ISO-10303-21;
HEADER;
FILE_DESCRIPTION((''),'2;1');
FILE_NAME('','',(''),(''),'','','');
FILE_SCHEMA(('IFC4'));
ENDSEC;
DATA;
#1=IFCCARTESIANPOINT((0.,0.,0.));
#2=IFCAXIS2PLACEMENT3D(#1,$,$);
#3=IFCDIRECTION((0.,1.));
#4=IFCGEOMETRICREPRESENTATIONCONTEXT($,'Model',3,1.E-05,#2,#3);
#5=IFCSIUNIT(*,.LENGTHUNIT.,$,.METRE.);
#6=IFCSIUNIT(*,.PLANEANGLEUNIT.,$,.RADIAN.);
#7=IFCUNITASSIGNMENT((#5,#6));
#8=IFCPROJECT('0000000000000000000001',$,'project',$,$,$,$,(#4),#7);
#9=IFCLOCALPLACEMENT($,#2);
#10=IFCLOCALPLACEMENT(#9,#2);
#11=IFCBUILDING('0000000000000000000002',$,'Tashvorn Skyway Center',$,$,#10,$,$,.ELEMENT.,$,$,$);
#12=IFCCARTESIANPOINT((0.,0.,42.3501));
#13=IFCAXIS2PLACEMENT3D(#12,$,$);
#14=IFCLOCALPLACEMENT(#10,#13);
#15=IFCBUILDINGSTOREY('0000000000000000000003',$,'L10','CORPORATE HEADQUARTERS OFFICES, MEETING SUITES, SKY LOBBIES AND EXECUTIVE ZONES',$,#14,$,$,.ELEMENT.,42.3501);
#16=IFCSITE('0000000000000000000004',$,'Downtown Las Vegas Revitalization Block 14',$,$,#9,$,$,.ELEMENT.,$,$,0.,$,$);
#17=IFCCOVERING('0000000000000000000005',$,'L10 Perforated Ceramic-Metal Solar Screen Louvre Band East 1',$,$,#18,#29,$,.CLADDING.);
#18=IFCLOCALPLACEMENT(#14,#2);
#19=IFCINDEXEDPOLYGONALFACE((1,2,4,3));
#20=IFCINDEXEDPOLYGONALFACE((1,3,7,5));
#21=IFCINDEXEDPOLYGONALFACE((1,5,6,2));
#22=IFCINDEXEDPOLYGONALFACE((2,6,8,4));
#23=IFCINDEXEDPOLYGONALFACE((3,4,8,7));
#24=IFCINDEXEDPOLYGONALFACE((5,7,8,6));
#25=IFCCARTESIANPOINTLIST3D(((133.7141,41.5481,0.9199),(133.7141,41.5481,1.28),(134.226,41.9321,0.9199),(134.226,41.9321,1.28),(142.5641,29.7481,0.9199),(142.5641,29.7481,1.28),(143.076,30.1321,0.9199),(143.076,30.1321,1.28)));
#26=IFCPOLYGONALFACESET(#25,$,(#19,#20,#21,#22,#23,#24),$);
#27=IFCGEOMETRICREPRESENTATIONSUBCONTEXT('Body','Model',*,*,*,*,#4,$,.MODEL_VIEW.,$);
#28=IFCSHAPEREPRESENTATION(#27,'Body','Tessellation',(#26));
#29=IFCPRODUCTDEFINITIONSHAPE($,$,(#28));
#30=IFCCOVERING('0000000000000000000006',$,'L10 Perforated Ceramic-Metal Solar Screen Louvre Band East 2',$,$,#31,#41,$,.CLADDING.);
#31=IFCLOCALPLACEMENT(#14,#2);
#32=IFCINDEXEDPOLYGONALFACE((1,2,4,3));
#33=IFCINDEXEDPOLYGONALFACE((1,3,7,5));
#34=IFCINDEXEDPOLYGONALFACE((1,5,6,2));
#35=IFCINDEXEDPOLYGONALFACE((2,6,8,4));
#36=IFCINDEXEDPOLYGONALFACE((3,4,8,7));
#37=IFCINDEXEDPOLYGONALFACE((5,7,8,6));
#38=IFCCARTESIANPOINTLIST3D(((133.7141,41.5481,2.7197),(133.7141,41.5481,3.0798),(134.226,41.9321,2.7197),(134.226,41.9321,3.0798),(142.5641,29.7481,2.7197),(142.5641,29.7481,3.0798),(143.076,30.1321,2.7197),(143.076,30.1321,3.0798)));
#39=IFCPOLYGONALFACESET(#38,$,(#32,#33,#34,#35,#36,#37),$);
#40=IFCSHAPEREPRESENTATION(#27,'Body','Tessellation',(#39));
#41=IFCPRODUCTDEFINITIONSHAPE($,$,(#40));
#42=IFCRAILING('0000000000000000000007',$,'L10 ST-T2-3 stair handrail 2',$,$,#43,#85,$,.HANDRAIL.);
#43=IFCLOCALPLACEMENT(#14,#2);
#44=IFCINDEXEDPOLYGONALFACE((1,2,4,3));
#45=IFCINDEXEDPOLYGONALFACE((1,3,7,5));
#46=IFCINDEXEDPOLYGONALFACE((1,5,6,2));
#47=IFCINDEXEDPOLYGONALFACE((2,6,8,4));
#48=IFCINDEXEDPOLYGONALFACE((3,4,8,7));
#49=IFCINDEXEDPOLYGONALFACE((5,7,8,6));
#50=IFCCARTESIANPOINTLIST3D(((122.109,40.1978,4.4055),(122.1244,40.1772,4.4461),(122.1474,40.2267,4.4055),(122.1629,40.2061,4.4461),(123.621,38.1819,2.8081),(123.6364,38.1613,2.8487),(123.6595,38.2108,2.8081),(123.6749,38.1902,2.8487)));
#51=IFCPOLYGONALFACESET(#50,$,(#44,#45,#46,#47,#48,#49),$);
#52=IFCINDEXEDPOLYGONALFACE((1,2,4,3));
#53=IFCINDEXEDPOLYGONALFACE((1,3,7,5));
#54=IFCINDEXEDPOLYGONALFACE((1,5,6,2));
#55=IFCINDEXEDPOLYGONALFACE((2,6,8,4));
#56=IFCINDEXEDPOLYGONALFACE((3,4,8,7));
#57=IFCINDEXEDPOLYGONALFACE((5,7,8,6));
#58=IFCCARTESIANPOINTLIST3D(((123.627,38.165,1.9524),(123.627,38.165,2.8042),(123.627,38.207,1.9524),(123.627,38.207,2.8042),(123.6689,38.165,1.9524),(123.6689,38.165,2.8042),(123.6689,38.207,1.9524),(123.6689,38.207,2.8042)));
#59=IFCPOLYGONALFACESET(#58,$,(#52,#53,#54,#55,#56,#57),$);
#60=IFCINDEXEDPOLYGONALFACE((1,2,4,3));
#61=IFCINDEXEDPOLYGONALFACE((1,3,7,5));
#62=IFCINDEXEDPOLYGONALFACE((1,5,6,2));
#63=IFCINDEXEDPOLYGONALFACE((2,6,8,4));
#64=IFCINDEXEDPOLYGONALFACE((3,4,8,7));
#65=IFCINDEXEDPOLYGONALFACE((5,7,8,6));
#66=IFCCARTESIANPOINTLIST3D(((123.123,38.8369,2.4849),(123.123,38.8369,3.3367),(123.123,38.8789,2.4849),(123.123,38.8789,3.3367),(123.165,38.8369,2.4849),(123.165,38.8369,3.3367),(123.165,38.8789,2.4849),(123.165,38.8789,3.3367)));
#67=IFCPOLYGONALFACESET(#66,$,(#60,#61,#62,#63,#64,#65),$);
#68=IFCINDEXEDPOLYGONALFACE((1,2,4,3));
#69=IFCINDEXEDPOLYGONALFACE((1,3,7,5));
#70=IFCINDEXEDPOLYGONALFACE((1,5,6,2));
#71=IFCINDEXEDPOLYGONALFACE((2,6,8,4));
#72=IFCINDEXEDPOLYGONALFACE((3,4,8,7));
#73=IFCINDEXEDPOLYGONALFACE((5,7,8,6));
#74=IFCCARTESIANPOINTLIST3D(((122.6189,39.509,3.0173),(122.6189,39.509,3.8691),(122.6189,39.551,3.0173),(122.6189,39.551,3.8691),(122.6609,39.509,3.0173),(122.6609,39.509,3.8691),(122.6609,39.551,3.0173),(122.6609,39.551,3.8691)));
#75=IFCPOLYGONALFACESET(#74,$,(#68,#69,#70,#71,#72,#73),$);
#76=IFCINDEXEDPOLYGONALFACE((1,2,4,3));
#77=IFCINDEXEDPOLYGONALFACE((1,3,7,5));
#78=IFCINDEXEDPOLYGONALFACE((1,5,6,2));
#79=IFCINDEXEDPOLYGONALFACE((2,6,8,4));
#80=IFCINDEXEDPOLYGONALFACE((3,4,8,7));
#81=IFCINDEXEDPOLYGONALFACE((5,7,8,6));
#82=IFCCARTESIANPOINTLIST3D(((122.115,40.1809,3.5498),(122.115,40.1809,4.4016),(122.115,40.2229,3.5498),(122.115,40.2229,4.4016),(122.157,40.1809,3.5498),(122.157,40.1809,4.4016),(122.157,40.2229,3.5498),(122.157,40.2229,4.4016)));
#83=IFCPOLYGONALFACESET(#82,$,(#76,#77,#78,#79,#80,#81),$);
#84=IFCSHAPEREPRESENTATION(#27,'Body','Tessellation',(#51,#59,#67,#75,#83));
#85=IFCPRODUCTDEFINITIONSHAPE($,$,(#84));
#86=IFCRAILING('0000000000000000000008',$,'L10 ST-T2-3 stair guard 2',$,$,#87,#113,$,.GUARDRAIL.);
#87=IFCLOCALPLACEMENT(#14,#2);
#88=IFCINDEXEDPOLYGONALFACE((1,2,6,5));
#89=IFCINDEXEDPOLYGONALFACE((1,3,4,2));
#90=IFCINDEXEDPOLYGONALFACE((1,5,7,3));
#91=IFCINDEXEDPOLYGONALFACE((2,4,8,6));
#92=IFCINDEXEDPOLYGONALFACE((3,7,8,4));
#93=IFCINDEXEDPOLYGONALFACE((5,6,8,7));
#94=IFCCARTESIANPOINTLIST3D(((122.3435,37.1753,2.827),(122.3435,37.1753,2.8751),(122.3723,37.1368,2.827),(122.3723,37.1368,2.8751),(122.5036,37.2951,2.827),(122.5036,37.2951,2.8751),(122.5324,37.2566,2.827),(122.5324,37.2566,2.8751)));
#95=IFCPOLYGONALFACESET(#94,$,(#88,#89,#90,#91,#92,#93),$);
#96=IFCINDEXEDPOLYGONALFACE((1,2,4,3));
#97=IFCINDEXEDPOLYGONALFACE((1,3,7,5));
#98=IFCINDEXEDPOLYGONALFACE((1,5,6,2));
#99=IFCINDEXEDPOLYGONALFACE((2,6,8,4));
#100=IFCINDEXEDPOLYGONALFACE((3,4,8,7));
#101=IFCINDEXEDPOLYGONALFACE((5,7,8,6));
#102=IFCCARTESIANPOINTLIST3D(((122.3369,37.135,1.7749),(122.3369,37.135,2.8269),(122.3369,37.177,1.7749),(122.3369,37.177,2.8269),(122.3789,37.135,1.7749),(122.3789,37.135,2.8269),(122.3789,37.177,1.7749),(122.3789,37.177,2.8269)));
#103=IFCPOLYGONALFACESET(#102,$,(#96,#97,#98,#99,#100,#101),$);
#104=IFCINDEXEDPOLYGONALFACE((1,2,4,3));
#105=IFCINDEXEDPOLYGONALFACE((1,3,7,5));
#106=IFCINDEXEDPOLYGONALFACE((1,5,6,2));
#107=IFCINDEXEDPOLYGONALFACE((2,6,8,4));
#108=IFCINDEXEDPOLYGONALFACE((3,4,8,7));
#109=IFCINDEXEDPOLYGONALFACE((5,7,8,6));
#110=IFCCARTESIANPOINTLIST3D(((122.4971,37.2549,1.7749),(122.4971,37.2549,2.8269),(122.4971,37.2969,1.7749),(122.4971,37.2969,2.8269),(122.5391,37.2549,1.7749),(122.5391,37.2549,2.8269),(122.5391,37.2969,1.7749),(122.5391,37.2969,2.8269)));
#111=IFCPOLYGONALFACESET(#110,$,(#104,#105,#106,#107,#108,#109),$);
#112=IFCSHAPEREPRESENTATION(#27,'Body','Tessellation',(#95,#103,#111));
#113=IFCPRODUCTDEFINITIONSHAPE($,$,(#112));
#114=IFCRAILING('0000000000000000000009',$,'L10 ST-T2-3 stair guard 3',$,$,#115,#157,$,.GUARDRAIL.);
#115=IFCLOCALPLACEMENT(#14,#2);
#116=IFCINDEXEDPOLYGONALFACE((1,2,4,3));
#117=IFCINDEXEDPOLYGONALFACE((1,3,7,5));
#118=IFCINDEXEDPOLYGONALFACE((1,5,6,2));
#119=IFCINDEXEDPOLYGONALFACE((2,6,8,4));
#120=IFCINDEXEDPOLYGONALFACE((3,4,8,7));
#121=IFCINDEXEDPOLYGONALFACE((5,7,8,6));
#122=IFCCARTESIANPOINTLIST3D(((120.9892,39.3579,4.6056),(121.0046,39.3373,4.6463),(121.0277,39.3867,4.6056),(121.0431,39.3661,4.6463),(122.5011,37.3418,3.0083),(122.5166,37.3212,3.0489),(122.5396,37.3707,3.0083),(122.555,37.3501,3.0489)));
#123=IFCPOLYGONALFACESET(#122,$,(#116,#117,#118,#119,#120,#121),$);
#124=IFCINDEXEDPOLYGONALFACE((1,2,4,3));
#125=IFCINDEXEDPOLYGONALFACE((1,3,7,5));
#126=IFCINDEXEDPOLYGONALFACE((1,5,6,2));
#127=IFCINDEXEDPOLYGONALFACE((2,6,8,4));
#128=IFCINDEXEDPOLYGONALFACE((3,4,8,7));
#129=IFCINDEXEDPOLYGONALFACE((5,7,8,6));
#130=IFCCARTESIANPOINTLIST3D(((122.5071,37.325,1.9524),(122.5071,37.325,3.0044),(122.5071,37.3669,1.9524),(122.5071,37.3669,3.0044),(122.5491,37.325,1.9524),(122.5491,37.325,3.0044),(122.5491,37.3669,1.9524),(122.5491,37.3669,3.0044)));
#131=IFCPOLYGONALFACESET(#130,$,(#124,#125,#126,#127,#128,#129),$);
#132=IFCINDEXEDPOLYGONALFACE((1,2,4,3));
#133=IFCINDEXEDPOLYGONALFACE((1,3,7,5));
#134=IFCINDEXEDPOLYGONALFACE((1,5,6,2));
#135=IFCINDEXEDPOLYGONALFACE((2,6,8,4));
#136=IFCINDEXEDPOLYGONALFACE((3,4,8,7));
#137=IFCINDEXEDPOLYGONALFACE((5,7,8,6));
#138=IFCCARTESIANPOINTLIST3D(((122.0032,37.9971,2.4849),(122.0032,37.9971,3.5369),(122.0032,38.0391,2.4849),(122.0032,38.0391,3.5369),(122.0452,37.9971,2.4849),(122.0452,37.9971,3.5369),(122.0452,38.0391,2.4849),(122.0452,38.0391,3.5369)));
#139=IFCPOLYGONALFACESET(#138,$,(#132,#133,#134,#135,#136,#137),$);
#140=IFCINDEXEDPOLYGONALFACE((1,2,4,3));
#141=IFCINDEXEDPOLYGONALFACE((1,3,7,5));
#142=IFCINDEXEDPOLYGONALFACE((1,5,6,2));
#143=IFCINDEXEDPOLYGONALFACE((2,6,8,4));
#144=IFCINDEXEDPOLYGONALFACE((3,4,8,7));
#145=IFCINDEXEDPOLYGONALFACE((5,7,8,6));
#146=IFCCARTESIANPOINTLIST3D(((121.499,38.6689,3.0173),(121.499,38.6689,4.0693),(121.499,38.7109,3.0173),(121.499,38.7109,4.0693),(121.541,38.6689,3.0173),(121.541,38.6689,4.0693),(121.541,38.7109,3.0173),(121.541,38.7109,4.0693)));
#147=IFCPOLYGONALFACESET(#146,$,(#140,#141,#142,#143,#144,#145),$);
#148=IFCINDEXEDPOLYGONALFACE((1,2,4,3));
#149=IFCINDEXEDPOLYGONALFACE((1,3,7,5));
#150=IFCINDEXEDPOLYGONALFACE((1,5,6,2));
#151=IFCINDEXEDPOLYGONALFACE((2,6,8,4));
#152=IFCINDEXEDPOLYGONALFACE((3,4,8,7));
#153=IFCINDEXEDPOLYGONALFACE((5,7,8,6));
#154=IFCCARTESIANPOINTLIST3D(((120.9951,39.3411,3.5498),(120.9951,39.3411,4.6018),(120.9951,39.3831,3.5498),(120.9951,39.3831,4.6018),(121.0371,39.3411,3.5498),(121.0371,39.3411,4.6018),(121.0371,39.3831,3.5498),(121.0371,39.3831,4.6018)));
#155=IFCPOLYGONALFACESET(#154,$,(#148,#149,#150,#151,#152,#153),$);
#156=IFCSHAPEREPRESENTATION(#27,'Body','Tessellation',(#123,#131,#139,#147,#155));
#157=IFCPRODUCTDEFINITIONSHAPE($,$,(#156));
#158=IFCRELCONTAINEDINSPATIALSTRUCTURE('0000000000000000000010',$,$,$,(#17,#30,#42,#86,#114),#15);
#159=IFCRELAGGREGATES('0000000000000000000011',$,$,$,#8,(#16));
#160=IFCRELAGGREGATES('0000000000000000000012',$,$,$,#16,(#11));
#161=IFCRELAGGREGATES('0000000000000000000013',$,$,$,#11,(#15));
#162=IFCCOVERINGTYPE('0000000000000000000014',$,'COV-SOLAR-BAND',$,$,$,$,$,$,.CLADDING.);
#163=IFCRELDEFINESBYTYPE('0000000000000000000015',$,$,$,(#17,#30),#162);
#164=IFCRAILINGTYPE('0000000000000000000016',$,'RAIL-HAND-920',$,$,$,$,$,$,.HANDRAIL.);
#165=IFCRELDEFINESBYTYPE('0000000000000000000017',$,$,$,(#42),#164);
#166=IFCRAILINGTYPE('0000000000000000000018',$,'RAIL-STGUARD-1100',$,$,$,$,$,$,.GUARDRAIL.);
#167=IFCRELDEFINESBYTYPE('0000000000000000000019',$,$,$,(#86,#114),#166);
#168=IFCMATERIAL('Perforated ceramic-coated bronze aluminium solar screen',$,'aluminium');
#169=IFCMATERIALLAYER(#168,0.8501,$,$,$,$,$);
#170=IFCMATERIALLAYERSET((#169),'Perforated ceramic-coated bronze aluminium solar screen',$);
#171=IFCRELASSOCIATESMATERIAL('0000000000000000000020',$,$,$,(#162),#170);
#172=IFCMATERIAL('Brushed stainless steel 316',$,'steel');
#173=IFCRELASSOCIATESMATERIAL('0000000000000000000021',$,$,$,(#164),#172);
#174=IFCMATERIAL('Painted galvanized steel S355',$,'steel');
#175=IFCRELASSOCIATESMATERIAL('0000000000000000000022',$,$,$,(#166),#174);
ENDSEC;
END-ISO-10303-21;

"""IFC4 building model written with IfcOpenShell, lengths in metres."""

from ifc_helpers import new_model, si_unit, direction, frame, origin, origin_2d, place, context, subcontext, project, spatial, rectangle, extrude, material, layer, layer_set, type_object, element, save


model = new_model("IFC4")

# Units and contexts
model_context = context("Model", 3, precision=1e-05, world=origin(), true_north=direction((0.0, 1.0)))
body_context = subcontext(model_context, "Body", "Model", "MODEL_VIEW")
ifc_project = project(units=[si_unit("LENGTHUNIT", "METRE"), si_unit("PLANEANGLEUNIT", "RADIAN")], contexts=[model_context])

# Site, building, storey
site_placement = place(None, origin())
site = spatial("IfcSite", under=ifc_project, at=site_placement, Name="Downtown Las Vegas Revitalization Block 14", CompositionType="ELEMENT", RefElevation=0.0)
building_placement = place(site_placement, origin())
building = spatial("IfcBuilding", under=site, at=building_placement, Name="Tashvorn Skyway Center", CompositionType="ELEMENT")
storey_placement = place(building_placement, frame((0.0, 0.0, 42.3501)))
storey = spatial("IfcBuildingStorey", under=building, at=storey_placement, Name="L10", Description="CORPORATE HEADQUARTERS OFFICES, MEETING SUITES, SKY LOBBIES AND EXECUTIVE ZONES", CompositionType="ELEMENT", Elevation=42.3501)

# Coverings
ifc_material_1 = material(Name="Perforated ceramic-coated bronze aluminium solar screen", Category="aluminium")
ifc_layer_1 = layer(ifc_material_1, 0.8501)
ifc_layer_set_1 = layer_set([ifc_layer_1], Name="Perforated ceramic-coated bronze aluminium solar screen")
covering_type_1 = type_object("IfcCoveringType", Name="COV-SOLAR-BAND", PredefinedType="CLADDING", material=ifc_layer_set_1)
for number, where, z_axis, x_axis, name in (
    (1, (138.395, 35.8401, 0.9199), (0.0, 0.0, 1.0), (0.6, -0.8, 0.0), "L10 Perforated Ceramic-Metal Solar Screen Louvre Band East 1"),
    (2, (138.395, 35.8401, 2.7197), (0.0, 0.0, 1.0), (0.6, -0.8, 0.0), "L10 Perforated Ceramic-Metal Solar Screen Louvre Band East 2"),
):
    element("IfcCovering", number, at=place(storey_placement, frame(where, z_axis=z_axis, x_axis=x_axis)), inside=storey, type_object=covering_type_1, Name=name, PredefinedType="CLADDING", context=body_context, shape_type="SweptSolid", body=[
        extrude(rectangle(XDim=14.75, YDim=0.6399, at=origin_2d()), origin(), (0.0, 0.0, 1.0), 0.3601),
    ])

# Railings
ifc_material_2 = material(Name="Brushed stainless steel 316", Category="steel")
railing_type_1 = type_object("IfcRailingType", Name="RAIL-HAND-920", PredefinedType="HANDRAIL", material=ifc_material_2)
railing_1_placement = place(storey_placement, frame((123.6479, 38.186, 1.9524)))
element("IfcRailing", 3, at=railing_1_placement, inside=storey, type_object=railing_type_1, Name="L10 ST-T2-3 stair handrail 2", PredefinedType="HANDRAIL", context=body_context, shape_type="SweptSolid", body=[
    extrude(rectangle(XDim=0.0481, YDim=0.0481, at=origin_2d()), frame((0.0, 0.0, 0.876), z_axis=(-0.506769, 0.675664, 0.535409), x_axis=(-0.799988, -0.600016, 0.0)), (0.0, 0.0, 1.0), 2.9836),
    extrude(rectangle(XDim=0.042, YDim=0.042, at=origin_2d()), origin(), (0.0, 0.0, 1.0), 0.8518),
    extrude(rectangle(XDim=0.042, YDim=0.042, at=origin_2d()), frame((-0.5039, 0.6719, 0.5325)), (0.0, 0.0, 1.0), 0.8518),
    extrude(rectangle(XDim=0.042, YDim=0.042, at=origin_2d()), frame((-1.0081, 1.344, 1.0649)), (0.0, 0.0, 1.0), 0.8518),
    extrude(rectangle(XDim=0.042, YDim=0.042, at=origin_2d()), frame((-1.512, 2.0159, 1.5974)), (0.0, 0.0, 1.0), 0.8518),
])
ifc_material_3 = material(Name="Painted galvanized steel S355", Category="steel")
railing_type_2 = type_object("IfcRailingType", Name="RAIL-STGUARD-1100", PredefinedType="GUARDRAIL", material=ifc_material_3)
railing_2_placement = place(storey_placement, frame((122.3579, 37.156, 1.7749)))
element("IfcRailing", 4, at=railing_2_placement, inside=storey, type_object=railing_type_2, Name="L10 ST-T2-3 stair guard 2", PredefinedType="GUARDRAIL", context=body_context, shape_type="SweptSolid", body=[
    extrude(rectangle(XDim=0.0481, YDim=0.0481, at=origin_2d()), frame((0.0, 0.0, 1.0762), z_axis=(0.800585, 0.599219, 0.0), x_axis=(-0.599219, 0.800585, 0.0)), (0.0, 0.0, 1.0), 0.2),
    extrude(rectangle(XDim=0.042, YDim=0.042, at=origin_2d()), origin(), (0.0, 0.0, 1.0), 1.052),
    extrude(rectangle(XDim=0.042, YDim=0.042, at=origin_2d()), frame((0.1602, 0.1199, 0.0)), (0.0, 0.0, 1.0), 1.052),
])
railing_3_placement = place(storey_placement, frame((122.5281, 37.3459, 1.9524)))
element("IfcRailing", 5, at=railing_3_placement, inside=storey, type_object=railing_type_2, Name="L10 ST-T2-3 stair guard 3", PredefinedType="GUARDRAIL", context=body_context, shape_type="SweptSolid", body=[
    extrude(rectangle(XDim=0.0481, YDim=0.0481, at=origin_2d()), frame((0.0, 0.0, 1.0762), z_axis=(-0.506741, 0.675709, 0.535379), x_axis=(-0.800023, -0.599969, 0.0)), (0.0, 0.0, 1.0), 2.9836),
    extrude(rectangle(XDim=0.042, YDim=0.042, at=origin_2d()), origin(), (0.0, 0.0, 1.0), 1.052),
    extrude(rectangle(XDim=0.042, YDim=0.042, at=origin_2d()), frame((-0.5039, 0.6721, 0.5325)), (0.0, 0.0, 1.0), 1.052),
    extrude(rectangle(XDim=0.042, YDim=0.042, at=origin_2d()), frame((-1.0081, 1.344, 1.0649)), (0.0, 0.0, 1.0), 1.052),
    extrude(rectangle(XDim=0.042, YDim=0.042, at=origin_2d()), frame((-1.512, 2.0161, 1.5974)), (0.0, 0.0, 1.0), 1.052),
])

save(model, "model.ifc")
